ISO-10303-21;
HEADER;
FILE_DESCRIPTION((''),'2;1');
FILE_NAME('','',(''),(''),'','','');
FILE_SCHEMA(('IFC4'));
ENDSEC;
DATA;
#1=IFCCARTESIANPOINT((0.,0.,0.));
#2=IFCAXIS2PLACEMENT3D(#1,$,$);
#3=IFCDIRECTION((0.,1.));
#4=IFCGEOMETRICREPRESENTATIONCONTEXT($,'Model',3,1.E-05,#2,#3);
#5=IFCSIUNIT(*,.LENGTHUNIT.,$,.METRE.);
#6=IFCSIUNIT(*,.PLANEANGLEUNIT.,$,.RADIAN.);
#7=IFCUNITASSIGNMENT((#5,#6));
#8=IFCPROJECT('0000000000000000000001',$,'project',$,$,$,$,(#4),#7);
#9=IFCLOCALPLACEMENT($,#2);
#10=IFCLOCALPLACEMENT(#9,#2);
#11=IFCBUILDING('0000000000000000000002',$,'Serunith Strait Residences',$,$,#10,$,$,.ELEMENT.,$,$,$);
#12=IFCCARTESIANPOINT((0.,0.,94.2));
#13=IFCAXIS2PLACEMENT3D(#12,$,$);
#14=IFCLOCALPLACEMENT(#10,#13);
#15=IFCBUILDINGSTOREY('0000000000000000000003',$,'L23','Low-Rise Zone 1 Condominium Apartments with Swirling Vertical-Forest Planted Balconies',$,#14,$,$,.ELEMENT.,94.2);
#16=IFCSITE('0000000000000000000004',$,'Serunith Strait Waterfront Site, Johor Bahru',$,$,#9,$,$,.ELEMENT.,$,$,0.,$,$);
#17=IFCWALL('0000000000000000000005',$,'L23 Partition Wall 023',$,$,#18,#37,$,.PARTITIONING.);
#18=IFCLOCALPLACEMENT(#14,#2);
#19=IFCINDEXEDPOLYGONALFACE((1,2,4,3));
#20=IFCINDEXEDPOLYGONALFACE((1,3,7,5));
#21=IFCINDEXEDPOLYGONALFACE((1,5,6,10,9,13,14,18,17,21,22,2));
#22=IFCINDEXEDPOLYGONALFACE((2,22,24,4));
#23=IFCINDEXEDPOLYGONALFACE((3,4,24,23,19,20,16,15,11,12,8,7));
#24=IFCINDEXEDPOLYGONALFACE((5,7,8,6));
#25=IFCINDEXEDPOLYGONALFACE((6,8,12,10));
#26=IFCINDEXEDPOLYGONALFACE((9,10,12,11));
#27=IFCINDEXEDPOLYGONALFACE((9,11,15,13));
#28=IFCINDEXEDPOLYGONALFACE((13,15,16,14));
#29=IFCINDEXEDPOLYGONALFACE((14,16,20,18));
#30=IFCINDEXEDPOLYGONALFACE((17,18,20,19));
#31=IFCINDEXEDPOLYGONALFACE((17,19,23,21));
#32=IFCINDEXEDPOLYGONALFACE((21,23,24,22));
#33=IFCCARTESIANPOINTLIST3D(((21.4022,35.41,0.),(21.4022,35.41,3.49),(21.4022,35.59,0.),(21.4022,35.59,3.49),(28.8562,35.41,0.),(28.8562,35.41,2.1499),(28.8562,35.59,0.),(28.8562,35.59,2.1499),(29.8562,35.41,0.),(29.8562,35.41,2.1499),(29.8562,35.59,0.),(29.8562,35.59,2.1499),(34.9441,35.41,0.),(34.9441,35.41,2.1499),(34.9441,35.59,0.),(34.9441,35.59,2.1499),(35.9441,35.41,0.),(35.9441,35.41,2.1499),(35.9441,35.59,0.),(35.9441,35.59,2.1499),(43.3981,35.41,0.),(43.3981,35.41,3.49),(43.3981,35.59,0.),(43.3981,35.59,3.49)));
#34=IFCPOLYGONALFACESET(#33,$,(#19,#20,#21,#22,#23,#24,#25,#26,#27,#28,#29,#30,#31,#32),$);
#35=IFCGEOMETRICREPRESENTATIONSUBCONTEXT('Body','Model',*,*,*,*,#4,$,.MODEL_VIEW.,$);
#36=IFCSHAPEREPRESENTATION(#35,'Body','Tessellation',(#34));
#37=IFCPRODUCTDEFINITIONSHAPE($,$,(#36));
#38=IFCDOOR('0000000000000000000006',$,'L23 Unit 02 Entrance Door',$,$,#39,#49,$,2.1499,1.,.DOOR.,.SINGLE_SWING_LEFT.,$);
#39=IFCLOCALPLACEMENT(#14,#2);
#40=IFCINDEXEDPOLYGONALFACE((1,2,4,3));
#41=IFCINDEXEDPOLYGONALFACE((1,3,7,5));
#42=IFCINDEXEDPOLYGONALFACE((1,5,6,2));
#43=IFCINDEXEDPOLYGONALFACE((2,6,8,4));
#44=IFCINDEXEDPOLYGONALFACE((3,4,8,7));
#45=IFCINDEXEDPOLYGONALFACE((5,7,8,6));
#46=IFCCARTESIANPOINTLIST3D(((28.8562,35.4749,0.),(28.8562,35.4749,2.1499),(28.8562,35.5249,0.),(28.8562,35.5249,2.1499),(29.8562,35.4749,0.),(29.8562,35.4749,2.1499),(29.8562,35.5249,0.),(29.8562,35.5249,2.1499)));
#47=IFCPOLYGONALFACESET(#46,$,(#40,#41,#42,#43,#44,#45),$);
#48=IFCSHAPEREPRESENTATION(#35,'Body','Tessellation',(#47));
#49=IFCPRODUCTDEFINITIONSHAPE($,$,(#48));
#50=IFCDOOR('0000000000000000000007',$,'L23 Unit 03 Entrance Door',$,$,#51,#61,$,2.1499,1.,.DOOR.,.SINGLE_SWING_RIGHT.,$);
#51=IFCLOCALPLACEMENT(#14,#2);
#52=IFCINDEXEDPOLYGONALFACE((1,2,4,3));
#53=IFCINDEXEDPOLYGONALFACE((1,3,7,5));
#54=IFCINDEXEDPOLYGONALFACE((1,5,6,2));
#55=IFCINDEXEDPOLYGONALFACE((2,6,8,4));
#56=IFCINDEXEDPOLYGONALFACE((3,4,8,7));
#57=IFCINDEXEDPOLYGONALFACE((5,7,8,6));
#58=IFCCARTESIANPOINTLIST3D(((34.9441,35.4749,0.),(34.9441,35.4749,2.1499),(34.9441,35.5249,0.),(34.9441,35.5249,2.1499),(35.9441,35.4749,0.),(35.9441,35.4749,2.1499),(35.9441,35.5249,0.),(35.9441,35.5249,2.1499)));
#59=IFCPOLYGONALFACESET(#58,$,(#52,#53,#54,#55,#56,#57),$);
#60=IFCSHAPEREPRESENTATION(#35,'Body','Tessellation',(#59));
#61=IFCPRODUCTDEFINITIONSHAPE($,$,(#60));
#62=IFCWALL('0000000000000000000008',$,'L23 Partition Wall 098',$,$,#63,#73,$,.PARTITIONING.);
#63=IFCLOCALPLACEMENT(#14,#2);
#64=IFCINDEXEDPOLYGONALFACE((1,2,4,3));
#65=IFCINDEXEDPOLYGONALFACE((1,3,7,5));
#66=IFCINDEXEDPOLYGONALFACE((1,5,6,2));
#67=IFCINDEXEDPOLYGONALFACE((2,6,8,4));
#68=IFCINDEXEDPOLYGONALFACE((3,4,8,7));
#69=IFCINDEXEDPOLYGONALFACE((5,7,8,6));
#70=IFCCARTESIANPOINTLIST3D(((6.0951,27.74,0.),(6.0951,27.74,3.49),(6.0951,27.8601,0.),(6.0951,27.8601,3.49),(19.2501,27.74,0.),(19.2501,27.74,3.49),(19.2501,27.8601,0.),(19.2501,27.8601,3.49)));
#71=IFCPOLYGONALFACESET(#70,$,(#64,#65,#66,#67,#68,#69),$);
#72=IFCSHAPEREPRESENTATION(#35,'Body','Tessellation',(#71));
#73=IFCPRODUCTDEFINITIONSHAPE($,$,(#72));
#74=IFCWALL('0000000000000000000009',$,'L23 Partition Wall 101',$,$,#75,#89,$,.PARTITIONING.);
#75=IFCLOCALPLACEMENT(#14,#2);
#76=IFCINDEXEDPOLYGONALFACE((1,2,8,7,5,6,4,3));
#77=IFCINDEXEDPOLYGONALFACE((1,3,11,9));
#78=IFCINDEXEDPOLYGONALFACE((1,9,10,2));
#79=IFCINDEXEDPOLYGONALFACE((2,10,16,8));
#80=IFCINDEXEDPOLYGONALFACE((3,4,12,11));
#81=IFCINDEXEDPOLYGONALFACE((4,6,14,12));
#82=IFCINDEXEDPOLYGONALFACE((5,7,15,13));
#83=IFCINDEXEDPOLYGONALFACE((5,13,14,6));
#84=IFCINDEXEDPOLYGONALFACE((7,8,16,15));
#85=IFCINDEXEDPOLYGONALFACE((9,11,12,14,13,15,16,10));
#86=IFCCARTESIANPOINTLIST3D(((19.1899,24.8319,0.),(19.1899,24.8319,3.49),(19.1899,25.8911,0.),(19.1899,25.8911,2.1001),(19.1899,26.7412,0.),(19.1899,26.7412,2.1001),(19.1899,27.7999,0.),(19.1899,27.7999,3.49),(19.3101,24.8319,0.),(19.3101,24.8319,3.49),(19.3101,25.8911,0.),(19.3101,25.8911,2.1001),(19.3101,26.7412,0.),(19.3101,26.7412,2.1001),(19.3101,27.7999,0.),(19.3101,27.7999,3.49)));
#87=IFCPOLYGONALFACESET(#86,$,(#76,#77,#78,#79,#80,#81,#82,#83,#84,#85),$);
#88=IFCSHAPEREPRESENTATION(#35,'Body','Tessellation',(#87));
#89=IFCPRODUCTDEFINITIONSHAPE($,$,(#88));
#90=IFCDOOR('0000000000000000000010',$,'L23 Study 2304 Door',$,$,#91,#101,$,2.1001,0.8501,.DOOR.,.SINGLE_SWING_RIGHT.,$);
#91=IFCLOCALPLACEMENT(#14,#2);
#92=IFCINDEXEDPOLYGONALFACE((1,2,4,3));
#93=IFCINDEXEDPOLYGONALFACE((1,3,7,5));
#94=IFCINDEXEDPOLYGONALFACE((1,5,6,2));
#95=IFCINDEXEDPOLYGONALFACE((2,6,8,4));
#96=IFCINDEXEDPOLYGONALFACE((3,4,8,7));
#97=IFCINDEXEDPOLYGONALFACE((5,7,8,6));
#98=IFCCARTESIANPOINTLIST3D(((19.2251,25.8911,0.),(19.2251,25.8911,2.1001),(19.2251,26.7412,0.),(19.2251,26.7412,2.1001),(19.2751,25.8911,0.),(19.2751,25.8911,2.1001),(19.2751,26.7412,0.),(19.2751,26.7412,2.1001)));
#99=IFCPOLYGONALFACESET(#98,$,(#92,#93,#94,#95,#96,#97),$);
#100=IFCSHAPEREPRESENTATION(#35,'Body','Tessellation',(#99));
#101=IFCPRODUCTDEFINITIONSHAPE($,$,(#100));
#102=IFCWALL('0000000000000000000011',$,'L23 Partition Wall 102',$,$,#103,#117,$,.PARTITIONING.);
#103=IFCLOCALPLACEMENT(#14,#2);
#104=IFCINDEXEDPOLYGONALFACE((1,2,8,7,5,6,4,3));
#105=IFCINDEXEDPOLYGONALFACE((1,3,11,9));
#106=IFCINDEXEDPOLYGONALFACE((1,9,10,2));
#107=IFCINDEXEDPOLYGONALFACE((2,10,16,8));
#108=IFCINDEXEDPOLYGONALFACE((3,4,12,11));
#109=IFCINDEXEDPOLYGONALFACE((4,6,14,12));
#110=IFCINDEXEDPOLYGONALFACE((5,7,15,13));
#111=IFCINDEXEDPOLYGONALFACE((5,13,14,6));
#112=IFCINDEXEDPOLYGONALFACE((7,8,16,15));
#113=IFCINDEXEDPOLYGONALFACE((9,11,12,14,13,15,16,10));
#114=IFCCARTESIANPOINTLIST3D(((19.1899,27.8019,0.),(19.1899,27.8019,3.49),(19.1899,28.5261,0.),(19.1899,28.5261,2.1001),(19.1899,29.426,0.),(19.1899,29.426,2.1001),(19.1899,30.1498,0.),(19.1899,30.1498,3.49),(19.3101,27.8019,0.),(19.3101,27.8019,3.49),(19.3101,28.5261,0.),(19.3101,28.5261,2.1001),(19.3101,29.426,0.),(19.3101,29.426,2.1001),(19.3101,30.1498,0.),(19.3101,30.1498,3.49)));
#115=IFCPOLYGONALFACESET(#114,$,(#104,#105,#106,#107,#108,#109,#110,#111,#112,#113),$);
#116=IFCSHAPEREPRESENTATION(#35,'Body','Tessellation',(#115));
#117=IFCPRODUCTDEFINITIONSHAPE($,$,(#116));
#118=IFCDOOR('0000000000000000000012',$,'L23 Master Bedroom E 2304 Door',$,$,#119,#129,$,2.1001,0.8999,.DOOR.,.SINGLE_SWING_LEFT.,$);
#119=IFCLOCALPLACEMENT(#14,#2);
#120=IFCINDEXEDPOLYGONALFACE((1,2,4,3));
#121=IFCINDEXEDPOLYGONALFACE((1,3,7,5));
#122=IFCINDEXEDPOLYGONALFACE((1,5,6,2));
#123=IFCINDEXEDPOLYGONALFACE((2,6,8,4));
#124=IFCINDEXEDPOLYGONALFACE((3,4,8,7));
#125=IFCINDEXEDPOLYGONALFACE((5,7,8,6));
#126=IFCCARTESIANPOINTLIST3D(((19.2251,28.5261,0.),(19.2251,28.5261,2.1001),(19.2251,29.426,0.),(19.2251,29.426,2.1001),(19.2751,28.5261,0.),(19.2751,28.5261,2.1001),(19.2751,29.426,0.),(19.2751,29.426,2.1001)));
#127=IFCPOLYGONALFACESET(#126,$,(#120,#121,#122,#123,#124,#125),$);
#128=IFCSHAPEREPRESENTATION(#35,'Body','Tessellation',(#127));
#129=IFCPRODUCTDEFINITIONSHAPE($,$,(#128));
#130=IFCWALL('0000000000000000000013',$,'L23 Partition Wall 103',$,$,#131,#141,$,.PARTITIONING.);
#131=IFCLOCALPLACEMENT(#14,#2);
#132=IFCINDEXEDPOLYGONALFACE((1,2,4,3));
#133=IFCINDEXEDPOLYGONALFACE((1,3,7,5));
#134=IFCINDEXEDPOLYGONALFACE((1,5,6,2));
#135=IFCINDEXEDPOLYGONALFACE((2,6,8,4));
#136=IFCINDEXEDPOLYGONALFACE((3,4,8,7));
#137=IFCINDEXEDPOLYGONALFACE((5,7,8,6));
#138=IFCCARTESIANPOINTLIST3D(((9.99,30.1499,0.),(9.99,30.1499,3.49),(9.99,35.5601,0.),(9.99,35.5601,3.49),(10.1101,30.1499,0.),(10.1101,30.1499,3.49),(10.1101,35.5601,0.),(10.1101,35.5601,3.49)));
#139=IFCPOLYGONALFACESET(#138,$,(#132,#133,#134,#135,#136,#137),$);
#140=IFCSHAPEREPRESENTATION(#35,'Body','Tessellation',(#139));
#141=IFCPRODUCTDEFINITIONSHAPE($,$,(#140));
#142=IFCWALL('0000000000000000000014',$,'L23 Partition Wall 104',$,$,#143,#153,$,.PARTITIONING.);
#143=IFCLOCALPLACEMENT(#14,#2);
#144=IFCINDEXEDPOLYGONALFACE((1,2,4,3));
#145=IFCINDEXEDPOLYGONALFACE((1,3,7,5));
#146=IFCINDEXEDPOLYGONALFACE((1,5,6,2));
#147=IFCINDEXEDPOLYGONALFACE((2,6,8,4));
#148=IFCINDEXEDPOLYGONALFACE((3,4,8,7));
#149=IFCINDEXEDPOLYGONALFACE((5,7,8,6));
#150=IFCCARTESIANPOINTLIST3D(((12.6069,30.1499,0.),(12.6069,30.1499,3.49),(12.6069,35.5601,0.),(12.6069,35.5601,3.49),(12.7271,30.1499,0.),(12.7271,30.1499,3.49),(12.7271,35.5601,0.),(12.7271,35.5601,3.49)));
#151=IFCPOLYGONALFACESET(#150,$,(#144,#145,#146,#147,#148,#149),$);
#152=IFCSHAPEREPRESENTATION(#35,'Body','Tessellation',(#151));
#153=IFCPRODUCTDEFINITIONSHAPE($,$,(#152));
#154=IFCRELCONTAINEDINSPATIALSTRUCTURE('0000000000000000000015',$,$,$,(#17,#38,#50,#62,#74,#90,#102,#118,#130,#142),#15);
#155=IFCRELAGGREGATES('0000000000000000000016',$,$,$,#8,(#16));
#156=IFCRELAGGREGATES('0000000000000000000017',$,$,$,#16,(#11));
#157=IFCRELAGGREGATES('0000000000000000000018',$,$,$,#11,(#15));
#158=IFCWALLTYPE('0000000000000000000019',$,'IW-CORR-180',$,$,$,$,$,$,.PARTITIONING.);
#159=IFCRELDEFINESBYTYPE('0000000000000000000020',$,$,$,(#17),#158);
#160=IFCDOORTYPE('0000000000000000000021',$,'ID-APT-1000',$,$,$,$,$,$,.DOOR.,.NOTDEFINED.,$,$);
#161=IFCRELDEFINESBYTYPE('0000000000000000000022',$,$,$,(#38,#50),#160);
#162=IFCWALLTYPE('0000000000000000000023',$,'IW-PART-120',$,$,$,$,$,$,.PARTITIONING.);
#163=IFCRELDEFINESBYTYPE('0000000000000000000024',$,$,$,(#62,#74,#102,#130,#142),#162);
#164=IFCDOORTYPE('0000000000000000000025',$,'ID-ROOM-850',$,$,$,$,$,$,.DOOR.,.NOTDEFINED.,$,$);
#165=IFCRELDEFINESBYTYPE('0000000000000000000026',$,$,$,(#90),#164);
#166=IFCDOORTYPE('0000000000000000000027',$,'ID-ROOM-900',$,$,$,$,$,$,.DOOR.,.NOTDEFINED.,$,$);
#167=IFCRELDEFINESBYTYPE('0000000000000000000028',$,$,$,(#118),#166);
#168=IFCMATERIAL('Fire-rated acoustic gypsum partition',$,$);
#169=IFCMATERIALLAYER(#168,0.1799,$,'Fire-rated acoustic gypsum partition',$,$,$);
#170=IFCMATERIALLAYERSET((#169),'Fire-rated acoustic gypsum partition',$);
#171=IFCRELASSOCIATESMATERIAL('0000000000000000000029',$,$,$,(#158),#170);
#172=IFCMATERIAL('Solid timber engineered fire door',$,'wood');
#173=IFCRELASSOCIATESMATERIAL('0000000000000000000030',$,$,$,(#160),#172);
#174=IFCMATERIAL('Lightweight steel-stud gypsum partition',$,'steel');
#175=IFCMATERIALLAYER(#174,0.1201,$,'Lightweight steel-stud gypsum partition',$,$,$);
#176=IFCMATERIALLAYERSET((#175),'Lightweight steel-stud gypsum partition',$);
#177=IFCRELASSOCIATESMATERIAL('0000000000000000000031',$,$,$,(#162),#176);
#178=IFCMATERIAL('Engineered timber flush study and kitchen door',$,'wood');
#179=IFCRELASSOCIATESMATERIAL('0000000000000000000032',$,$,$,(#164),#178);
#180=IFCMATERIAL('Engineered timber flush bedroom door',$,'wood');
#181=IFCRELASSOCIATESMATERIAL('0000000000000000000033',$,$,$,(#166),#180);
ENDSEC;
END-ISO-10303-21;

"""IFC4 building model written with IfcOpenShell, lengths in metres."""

from ifc_helpers import new_model, si_unit, direction, frame, frame_2d, origin, place, context, subcontext, project, spatial, rectangle, extrude, source, transform, mapped, material, layer, layer_set, type_object, element, fill, save


model = new_model("IFC4")

# Units and contexts
model_context = context("Model", 3, precision=1e-05, world=origin(), true_north=direction((0.0, 1.0)))
body_context = subcontext(model_context, "Body", "Model", "MODEL_VIEW")
ifc_project = project(units=[si_unit("LENGTHUNIT", "METRE"), si_unit("PLANEANGLEUNIT", "RADIAN")], contexts=[model_context])

# Site, building, storey
site_placement = place(None, origin())
site = spatial("IfcSite", under=ifc_project, at=site_placement, Name="Serunith Strait Waterfront Site, Johor Bahru", CompositionType="ELEMENT", RefElevation=0.0)
building_placement = place(site_placement, origin())
building = spatial("IfcBuilding", under=site, at=building_placement, Name="Serunith Strait Residences", CompositionType="ELEMENT")
storey_placement = place(building_placement, frame((0.0, 0.0, 94.2)))
storey = spatial("IfcBuildingStorey", under=building, at=storey_placement, Name="L23", Description="Low-Rise Zone 1 Condominium Apartments with Swirling Vertical-Forest Planted Balconies", CompositionType="ELEMENT", Elevation=94.2)

# Wall, openings, doors
ifc_material_1 = material(Name="Fire-rated acoustic gypsum partition")
ifc_layer_1 = layer(ifc_material_1, 0.1799, Name="Fire-rated acoustic gypsum partition")
ifc_layer_set_1 = layer_set([ifc_layer_1], Name="Fire-rated acoustic gypsum partition")
wall_type_1 = type_object("IfcWallType", Name="IW-CORR-180", PredefinedType="PARTITIONING", material=ifc_layer_set_1)
wall_1_placement = place(storey_placement, frame((21.4021, 35.5, 0.0), z_axis=(0.0, 0.0, 1.0), x_axis=(1.0, 0.0, 0.0)))
wall_1 = element("IfcWall", 1, at=wall_1_placement, inside=storey, type_object=wall_type_1, Name="L23 Partition Wall 023", PredefinedType="PARTITIONING", context=body_context, shape_type="SweptSolid", body=[
    extrude(rectangle(XDim=21.9958, YDim=0.1799, at=frame_2d((10.998, 0.0))), origin(), (0.0, 0.0, 1.0), 3.49),
])
opening_1_placement = place(wall_1_placement, frame((7.4541, 0.0, 0.0)))
opening_1 = element("IfcOpeningElement", 2, at=opening_1_placement, cuts=wall_1, PredefinedType="OPENING", context=body_context, shape_type="SweptSolid", body=[
    extrude(rectangle(XDim=1.0, YDim=2.1499, at=frame_2d((0.5, 1.075))), frame((0.0, 0.1001, 0.0), z_axis=(0.0, -1.0, 0.0), x_axis=(1.0, 0.0, 0.0)), (0.0, 0.0, 1.0), 0.2),
])
opening_2_placement = place(wall_1_placement, frame((13.542, 0.0, 0.0)))
opening_2 = element("IfcOpeningElement", 3, at=opening_2_placement, cuts=wall_1, PredefinedType="OPENING", context=body_context, shape_type="SweptSolid", body=[
    extrude(rectangle(XDim=1.0, YDim=2.1499, at=frame_2d((0.5, 1.075))), frame((0.0, 0.1001, 0.0), z_axis=(0.0, -1.0, 0.0), x_axis=(1.0, 0.0, 0.0)), (0.0, 0.0, 1.0), 0.2),
])
ifc_material_2 = material(Name="Solid timber engineered fire door", Category="wood")
door_type_1 = type_object("IfcDoorType", Name="ID-APT-1000", OperationType="NOTDEFINED", PredefinedType="DOOR", material=ifc_material_2)
shared_shape_1 = source(origin(), body_context, "Body", "SweptSolid", [
    extrude(rectangle(XDim=1.0, YDim=2.1499, at=frame_2d((0.5, 1.075))), frame((0.0, 0.0249, 0.0), z_axis=(0.0, -1.0, 0.0), x_axis=(1.0, 0.0, 0.0)), (0.0, 0.0, 1.0), 0.05),
])
door_1_placement = place(opening_1_placement, origin())
door_1 = element("IfcDoor", 4, at=door_1_placement, inside=storey, type_object=door_type_1, Name="L23 Unit 02 Entrance Door", OperationType="SINGLE_SWING_LEFT", OverallHeight=2.1499, OverallWidth=1.0, PredefinedType="DOOR", context=body_context, shape_type="MappedRepresentation", body=[
    mapped(shared_shape_1, transform((0.0, 0.0, 0.0), scale=1.0)),
])
fill(opening_1, door_1)
door_2_placement = place(opening_2_placement, origin())
door_2 = element("IfcDoor", 5, at=door_2_placement, inside=storey, type_object=door_type_1, Name="L23 Unit 03 Entrance Door", OperationType="SINGLE_SWING_RIGHT", OverallHeight=2.1499, OverallWidth=1.0, PredefinedType="DOOR", context=body_context, shape_type="MappedRepresentation", body=[
    mapped(shared_shape_1, transform((0.0, 0.0, 0.0), scale=1.0)),
])
fill(opening_2, door_2)

# Wall
ifc_material_3 = material(Name="Lightweight steel-stud gypsum partition", Category="steel")
ifc_layer_2 = layer(ifc_material_3, 0.1201, Name="Lightweight steel-stud gypsum partition")
ifc_layer_set_2 = layer_set([ifc_layer_2], Name="Lightweight steel-stud gypsum partition")
wall_type_2 = type_object("IfcWallType", Name="IW-PART-120", PredefinedType="PARTITIONING", material=ifc_layer_set_2)
wall_2_placement = place(storey_placement, frame((6.095, 27.8, 0.0), z_axis=(0.0, 0.0, 1.0), x_axis=(1.0, 0.0, 0.0)))
element("IfcWall", 6, at=wall_2_placement, inside=storey, type_object=wall_type_2, Name="L23 Partition Wall 098", PredefinedType="PARTITIONING", context=body_context, shape_type="SweptSolid", body=[
    extrude(rectangle(XDim=13.155, YDim=0.1201, at=frame_2d((6.5776, 0.0))), origin(), (0.0, 0.0, 1.0), 3.49),
])

# Walls, openings, doors
wall_3_placement = place(storey_placement, frame((19.25, 24.832, 0.0), z_axis=(0.0, 0.0, 1.0), x_axis=(0.0, 1.0, 0.0)))
wall_3 = element("IfcWall", 7, at=wall_3_placement, inside=storey, type_object=wall_type_2, Name="L23 Partition Wall 101", PredefinedType="PARTITIONING", context=body_context, shape_type="SweptSolid", body=[
    extrude(rectangle(XDim=2.968, YDim=0.1201, at=frame_2d((1.4839, 0.0))), origin(), (0.0, 0.0, 1.0), 3.49),
])
opening_3_placement = place(wall_3_placement, frame((1.0591, 0.0, 0.0)))
opening_3 = element("IfcOpeningElement", 8, at=opening_3_placement, cuts=wall_3, PredefinedType="OPENING", context=body_context, shape_type="SweptSolid", body=[
    extrude(rectangle(XDim=0.8501, YDim=2.1001, at=frame_2d((0.425, 1.05))), frame((0.0, 0.0701, 0.0), z_axis=(0.0, -1.0, 0.0), x_axis=(1.0, 0.0, 0.0)), (0.0, 0.0, 1.0), 0.1401),
])
ifc_material_4 = material(Name="Engineered timber flush study and kitchen door", Category="wood")
door_type_2 = type_object("IfcDoorType", Name="ID-ROOM-850", OperationType="NOTDEFINED", PredefinedType="DOOR", material=ifc_material_4)
shared_shape_2 = source(origin(), body_context, "Body", "SweptSolid", [
    extrude(rectangle(XDim=0.8501, YDim=2.1001, at=frame_2d((0.425, 1.05))), frame((0.0, 0.0249, 0.0), z_axis=(0.0, -1.0, 0.0), x_axis=(1.0, 0.0, 0.0)), (0.0, 0.0, 1.0), 0.05),
])
door_3_placement = place(opening_3_placement, origin())
door_3 = element("IfcDoor", 9, at=door_3_placement, inside=storey, type_object=door_type_2, Name="L23 Study 2304 Door", OperationType="SINGLE_SWING_RIGHT", OverallHeight=2.1001, OverallWidth=0.8501, PredefinedType="DOOR", context=body_context, shape_type="MappedRepresentation", body=[
    mapped(shared_shape_2, transform((0.0, 0.0, 0.0), scale=1.0)),
])
fill(opening_3, door_3)
wall_4_placement = place(storey_placement, frame((19.25, 27.802, 0.0), z_axis=(0.0, 0.0, 1.0), x_axis=(0.0, 1.0, 0.0)))
wall_4 = element("IfcWall", 10, at=wall_4_placement, inside=storey, type_object=wall_type_2, Name="L23 Partition Wall 102", PredefinedType="PARTITIONING", context=body_context, shape_type="SweptSolid", body=[
    extrude(rectangle(XDim=2.3479, YDim=0.1201, at=frame_2d((1.1738, 0.0))), origin(), (0.0, 0.0, 1.0), 3.49),
])
opening_4_placement = place(wall_4_placement, frame((0.7241, 0.0, 0.0)))
opening_4 = element("IfcOpeningElement", 11, at=opening_4_placement, cuts=wall_4, PredefinedType="OPENING", context=body_context, shape_type="SweptSolid", body=[
    extrude(rectangle(XDim=0.8999, YDim=2.1001, at=frame_2d((0.45, 1.05))), frame((0.0, 0.0701, 0.0), z_axis=(0.0, -1.0, 0.0), x_axis=(1.0, 0.0, 0.0)), (0.0, 0.0, 1.0), 0.1401),
])
ifc_material_5 = material(Name="Engineered timber flush bedroom door", Category="wood")
door_type_3 = type_object("IfcDoorType", Name="ID-ROOM-900", OperationType="NOTDEFINED", PredefinedType="DOOR", material=ifc_material_5)
shared_shape_3 = source(origin(), body_context, "Body", "SweptSolid", [
    extrude(rectangle(XDim=0.8999, YDim=2.1001, at=frame_2d((0.45, 1.05))), frame((0.0, 0.0249, 0.0), z_axis=(0.0, -1.0, 0.0), x_axis=(1.0, 0.0, 0.0)), (0.0, 0.0, 1.0), 0.05),
])
door_4_placement = place(opening_4_placement, origin())
door_4 = element("IfcDoor", 12, at=door_4_placement, inside=storey, type_object=door_type_3, Name="L23 Master Bedroom E 2304 Door", OperationType="SINGLE_SWING_LEFT", OverallHeight=2.1001, OverallWidth=0.8999, PredefinedType="DOOR", context=body_context, shape_type="MappedRepresentation", body=[
    mapped(shared_shape_3, transform((0.0, 0.0, 0.0), scale=1.0)),
])
fill(opening_4, door_4)

# Walls
for number, where, z_axis, x_axis, name in (
    (13, (10.05, 30.1499, 0.0), (0.0, 0.0, 1.0), (0.0, 1.0, 0.0), "L23 Partition Wall 103"),
    (14, (12.667, 30.1499, 0.0), (0.0, 0.0, 1.0), (0.0, 1.0, 0.0), "L23 Partition Wall 104"),
):
    element("IfcWall", number, at=place(storey_placement, frame(where, z_axis=z_axis, x_axis=x_axis)), inside=storey, type_object=wall_type_2, Name=name, PredefinedType="PARTITIONING", context=body_context, shape_type="SweptSolid", body=[
        extrude(rectangle(XDim=5.4102, YDim=0.1201, at=frame_2d((2.7051, 0.0))), origin(), (0.0, 0.0, 1.0), 3.49),
    ])

save(model, "model.ifc")
